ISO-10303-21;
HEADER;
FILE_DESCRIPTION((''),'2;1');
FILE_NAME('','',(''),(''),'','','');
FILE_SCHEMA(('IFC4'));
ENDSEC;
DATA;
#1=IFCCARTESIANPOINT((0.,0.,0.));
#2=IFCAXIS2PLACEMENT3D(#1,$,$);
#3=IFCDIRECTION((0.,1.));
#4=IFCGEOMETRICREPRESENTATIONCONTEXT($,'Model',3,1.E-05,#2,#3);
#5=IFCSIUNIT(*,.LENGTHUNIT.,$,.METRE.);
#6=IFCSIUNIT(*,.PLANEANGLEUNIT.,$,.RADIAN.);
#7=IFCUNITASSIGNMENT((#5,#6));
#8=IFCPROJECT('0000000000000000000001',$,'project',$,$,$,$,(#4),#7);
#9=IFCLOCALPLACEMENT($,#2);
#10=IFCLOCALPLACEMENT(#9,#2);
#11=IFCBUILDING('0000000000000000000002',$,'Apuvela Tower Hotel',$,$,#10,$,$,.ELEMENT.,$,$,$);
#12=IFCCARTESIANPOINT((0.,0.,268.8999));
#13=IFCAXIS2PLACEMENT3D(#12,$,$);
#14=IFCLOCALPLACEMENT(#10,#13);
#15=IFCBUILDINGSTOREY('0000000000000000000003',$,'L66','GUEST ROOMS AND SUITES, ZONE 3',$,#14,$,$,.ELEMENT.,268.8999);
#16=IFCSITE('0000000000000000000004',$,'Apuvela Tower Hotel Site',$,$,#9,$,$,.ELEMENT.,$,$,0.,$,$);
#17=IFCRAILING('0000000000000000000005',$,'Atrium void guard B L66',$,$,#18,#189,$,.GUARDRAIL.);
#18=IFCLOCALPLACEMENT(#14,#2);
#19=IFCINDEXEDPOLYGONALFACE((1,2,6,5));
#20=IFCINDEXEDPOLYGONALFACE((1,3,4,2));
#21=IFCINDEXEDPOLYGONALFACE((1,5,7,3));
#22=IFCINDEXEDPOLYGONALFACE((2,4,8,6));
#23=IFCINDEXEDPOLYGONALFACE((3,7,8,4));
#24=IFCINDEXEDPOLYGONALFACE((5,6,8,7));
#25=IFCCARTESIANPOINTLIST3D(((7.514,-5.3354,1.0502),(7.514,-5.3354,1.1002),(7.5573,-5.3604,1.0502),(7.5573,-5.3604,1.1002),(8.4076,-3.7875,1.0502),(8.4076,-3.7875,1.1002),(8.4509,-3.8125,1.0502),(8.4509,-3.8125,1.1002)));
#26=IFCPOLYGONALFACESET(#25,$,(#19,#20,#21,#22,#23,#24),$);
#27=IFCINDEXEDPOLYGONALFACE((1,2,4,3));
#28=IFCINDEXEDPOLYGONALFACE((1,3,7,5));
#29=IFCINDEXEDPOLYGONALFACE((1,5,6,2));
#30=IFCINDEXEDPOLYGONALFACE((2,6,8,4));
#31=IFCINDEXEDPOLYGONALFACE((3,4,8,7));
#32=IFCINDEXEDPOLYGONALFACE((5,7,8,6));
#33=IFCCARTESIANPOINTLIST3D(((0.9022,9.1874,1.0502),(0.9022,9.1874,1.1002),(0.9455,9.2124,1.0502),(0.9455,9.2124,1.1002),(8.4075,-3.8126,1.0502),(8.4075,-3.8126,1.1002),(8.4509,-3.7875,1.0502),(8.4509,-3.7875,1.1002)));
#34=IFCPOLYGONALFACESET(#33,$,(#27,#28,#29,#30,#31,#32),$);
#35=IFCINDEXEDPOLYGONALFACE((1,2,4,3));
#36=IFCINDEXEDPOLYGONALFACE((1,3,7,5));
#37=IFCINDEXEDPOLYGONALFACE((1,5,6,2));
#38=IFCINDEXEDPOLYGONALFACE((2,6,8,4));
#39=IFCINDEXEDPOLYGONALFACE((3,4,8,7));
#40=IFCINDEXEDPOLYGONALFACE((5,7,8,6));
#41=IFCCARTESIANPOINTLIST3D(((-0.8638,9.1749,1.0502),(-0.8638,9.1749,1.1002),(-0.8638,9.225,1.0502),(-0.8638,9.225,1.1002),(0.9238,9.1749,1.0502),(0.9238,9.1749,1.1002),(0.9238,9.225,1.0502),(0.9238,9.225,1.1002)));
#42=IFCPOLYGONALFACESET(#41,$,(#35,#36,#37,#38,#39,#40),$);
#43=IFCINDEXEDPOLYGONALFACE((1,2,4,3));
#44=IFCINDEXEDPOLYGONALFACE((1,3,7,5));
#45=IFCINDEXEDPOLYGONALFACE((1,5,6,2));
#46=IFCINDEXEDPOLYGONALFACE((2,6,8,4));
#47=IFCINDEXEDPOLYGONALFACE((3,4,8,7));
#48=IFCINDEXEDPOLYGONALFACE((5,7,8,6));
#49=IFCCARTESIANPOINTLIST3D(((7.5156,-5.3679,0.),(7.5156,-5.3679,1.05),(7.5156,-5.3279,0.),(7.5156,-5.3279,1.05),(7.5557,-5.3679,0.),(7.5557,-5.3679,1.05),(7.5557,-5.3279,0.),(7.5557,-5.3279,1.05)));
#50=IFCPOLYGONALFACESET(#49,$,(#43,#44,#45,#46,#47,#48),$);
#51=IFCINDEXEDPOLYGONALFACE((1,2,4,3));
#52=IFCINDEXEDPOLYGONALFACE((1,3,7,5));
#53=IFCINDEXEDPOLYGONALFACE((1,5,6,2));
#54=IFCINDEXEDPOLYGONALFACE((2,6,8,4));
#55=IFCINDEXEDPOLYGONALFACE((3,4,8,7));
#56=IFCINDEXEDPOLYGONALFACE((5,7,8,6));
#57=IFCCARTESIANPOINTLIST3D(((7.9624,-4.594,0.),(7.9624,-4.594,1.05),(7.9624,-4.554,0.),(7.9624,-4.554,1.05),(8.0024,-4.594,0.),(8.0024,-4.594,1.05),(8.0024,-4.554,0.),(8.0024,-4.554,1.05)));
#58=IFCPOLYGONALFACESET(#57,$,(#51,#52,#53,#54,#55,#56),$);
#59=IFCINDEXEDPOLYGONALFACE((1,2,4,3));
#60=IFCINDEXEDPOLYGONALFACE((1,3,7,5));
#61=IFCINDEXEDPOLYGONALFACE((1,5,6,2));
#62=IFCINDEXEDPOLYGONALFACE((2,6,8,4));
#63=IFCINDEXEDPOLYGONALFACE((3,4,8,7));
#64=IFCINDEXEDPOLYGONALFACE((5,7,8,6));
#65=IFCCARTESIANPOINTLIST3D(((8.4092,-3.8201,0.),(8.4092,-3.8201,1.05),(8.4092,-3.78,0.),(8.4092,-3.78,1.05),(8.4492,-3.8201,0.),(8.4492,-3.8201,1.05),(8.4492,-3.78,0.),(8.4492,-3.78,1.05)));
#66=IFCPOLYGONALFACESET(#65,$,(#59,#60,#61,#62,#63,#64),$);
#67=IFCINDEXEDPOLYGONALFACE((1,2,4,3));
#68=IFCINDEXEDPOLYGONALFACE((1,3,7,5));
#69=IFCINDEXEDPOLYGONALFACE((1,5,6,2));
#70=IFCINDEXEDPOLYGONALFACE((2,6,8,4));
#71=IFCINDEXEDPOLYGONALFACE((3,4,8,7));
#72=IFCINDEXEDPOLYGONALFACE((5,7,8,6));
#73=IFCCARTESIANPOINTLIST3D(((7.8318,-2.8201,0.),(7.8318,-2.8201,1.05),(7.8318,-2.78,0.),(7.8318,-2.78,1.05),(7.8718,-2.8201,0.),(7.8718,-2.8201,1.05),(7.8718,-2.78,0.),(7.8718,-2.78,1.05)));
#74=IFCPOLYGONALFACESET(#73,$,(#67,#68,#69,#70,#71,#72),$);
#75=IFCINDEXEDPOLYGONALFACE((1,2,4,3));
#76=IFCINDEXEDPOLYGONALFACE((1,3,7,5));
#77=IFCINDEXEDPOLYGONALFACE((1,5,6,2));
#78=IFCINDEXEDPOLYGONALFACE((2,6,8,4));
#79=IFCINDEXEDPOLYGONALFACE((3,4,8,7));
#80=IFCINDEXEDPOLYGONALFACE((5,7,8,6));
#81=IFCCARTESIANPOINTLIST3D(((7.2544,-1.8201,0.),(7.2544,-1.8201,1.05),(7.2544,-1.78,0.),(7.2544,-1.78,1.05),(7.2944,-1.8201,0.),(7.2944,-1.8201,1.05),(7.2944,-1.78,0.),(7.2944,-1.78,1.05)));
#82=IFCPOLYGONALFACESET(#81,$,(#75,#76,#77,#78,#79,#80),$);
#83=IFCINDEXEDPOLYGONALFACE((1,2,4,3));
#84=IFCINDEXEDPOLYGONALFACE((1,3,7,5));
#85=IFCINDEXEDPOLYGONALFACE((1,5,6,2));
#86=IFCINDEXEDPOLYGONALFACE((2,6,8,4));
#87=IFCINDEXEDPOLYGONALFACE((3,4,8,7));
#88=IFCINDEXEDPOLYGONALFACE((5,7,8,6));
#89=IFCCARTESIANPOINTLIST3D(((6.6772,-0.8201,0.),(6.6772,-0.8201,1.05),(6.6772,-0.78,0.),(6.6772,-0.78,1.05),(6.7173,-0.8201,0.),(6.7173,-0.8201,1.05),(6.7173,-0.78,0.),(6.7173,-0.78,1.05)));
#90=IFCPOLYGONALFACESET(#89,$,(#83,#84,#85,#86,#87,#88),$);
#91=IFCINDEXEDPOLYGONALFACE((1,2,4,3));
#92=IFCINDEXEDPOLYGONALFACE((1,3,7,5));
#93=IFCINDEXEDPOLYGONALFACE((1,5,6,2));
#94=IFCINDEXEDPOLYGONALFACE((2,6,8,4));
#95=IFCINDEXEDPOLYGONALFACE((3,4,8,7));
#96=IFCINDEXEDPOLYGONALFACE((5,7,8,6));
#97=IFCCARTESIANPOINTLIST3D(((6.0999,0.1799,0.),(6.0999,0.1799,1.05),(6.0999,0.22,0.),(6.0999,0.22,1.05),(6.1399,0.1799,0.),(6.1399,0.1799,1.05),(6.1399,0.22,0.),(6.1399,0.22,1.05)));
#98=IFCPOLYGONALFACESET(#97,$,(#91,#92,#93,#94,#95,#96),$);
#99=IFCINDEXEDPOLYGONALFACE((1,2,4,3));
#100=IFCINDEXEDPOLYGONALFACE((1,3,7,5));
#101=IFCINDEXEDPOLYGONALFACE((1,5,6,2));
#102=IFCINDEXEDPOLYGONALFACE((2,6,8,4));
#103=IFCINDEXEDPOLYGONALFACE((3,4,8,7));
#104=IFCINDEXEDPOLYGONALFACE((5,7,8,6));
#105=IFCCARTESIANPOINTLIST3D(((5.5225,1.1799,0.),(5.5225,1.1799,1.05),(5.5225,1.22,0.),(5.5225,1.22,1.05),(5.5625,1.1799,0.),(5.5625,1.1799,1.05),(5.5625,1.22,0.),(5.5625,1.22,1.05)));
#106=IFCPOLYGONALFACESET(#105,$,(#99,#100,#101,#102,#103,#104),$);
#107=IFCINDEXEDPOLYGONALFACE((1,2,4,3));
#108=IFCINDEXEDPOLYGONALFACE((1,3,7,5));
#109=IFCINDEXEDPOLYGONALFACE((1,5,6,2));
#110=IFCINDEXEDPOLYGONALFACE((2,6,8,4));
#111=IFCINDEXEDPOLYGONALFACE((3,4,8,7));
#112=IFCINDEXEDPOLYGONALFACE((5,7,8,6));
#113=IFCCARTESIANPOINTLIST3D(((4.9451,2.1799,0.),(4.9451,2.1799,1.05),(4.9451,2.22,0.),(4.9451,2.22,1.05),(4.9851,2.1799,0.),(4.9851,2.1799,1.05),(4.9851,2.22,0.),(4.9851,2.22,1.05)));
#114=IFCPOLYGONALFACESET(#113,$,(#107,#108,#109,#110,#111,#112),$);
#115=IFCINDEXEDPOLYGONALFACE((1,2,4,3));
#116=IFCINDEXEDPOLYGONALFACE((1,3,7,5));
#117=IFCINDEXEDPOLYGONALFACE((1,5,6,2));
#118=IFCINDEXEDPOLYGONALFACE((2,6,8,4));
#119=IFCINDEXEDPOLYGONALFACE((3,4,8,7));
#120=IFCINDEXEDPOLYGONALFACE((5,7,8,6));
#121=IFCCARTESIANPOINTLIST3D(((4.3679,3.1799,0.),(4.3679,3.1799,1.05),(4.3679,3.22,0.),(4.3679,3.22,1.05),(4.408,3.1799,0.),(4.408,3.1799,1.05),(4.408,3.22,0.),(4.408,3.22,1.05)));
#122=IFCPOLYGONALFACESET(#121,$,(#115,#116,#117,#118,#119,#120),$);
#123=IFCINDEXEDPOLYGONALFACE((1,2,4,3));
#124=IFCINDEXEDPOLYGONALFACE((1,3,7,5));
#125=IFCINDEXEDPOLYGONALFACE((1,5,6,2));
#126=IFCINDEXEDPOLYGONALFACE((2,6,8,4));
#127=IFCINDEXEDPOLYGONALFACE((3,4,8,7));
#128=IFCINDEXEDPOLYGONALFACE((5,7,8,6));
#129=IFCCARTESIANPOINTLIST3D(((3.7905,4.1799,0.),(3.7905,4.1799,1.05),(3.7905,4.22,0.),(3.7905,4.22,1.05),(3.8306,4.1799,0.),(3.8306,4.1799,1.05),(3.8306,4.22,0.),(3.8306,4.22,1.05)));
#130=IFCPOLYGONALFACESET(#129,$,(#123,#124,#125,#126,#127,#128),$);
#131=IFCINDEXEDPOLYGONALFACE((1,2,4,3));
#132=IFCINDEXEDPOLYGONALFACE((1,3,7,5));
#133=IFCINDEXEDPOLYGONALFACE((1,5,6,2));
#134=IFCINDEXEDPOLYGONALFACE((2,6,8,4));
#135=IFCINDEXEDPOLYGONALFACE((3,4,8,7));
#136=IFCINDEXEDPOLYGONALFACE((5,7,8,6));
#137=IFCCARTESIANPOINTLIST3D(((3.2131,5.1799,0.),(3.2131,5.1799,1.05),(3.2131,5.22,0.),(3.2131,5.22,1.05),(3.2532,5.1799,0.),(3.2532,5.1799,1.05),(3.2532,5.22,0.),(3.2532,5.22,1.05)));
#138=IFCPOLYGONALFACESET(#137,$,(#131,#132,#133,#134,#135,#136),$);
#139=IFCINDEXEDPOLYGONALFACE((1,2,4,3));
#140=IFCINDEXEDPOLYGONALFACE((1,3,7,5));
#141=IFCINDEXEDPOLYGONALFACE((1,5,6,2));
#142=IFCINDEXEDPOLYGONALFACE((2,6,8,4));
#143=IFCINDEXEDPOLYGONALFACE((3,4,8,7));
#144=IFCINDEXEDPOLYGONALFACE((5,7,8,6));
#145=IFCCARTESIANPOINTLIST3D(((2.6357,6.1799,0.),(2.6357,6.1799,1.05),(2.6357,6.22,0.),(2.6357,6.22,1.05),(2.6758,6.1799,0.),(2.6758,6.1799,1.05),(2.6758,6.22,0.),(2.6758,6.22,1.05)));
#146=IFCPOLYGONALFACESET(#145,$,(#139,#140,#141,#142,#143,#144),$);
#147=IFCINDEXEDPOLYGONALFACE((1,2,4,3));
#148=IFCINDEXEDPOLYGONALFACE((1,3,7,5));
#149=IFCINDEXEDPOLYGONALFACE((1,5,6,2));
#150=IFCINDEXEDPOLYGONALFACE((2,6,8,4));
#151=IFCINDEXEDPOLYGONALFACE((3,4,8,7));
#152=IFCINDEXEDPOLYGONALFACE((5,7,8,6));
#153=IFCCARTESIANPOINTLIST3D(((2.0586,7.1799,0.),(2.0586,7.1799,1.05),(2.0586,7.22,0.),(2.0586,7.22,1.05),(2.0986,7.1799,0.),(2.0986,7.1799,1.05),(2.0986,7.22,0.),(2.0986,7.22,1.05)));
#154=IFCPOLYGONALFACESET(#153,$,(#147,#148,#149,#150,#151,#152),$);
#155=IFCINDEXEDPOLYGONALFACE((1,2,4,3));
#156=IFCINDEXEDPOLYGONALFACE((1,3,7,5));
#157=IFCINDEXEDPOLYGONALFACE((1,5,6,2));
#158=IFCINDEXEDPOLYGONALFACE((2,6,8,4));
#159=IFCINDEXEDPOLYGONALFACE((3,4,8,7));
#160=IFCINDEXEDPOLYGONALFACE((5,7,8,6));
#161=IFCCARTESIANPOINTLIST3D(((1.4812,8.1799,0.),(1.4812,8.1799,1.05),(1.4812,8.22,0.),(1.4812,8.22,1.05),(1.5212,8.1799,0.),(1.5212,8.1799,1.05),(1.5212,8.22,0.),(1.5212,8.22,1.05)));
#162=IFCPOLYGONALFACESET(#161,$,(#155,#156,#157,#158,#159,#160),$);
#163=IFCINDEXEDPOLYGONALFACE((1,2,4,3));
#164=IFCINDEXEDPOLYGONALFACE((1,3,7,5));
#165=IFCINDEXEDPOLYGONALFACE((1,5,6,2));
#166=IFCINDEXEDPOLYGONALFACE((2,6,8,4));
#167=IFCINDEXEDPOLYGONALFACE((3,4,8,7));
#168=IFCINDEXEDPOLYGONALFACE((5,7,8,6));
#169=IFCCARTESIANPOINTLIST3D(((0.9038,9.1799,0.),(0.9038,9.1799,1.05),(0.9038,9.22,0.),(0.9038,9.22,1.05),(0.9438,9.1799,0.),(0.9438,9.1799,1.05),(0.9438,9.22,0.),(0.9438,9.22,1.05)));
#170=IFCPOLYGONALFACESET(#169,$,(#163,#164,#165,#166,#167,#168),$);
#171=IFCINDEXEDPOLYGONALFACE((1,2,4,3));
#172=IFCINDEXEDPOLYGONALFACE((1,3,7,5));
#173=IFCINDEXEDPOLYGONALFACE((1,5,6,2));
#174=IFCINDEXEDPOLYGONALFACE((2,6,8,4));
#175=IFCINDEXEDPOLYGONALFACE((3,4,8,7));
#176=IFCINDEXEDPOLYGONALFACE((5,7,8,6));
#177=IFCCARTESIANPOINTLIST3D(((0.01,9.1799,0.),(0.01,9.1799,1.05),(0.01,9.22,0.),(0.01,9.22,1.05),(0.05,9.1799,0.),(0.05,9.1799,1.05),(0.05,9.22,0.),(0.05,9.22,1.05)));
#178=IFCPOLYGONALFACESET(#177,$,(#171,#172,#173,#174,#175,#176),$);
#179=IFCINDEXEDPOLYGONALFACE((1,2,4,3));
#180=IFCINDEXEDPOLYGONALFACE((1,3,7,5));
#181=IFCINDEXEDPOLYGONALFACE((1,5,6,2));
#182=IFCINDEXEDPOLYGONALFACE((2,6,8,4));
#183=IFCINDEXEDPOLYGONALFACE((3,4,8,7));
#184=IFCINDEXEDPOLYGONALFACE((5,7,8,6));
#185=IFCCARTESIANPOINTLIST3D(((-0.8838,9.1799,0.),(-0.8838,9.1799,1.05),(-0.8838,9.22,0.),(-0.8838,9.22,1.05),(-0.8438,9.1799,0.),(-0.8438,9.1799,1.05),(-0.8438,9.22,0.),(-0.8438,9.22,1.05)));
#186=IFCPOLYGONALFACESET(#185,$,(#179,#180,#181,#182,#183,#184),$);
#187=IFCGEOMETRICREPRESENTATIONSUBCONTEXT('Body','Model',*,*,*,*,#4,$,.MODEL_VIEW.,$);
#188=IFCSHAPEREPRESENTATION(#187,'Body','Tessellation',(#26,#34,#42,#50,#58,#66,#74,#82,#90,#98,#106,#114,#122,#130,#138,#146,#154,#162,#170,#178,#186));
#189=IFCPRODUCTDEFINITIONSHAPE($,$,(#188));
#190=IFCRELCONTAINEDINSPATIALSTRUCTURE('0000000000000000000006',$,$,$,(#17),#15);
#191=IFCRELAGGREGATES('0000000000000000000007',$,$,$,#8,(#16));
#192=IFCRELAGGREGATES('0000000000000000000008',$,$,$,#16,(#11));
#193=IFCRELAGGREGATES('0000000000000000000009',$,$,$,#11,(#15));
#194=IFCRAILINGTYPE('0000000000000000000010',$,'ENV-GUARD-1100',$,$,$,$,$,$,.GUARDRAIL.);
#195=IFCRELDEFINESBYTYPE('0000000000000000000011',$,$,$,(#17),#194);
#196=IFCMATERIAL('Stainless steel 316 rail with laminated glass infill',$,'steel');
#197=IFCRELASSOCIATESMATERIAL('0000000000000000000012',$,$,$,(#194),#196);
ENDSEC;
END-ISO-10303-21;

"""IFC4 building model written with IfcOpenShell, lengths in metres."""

from ifc_helpers import new_model, si_unit, direction, frame, origin, origin_2d, place, context, subcontext, project, spatial, rectangle, extrude, material, type_object, element, save


model = new_model("IFC4")

# Units and contexts
model_context = context("Model", 3, precision=1e-05, world=origin(), true_north=direction((0.0, 1.0)))
body_context = subcontext(model_context, "Body", "Model", "MODEL_VIEW")
ifc_project = project(units=[si_unit("LENGTHUNIT", "METRE"), si_unit("PLANEANGLEUNIT", "RADIAN")], contexts=[model_context])

# Site, building, storey
site_placement = place(None, origin())
site = spatial("IfcSite", under=ifc_project, at=site_placement, Name="Apuvela Tower Hotel Site", CompositionType="ELEMENT", RefElevation=0.0)
building_placement = place(site_placement, origin())
building = spatial("IfcBuilding", under=site, at=building_placement, Name="Apuvela Tower Hotel", CompositionType="ELEMENT")
storey_placement = place(building_placement, frame((0.0, 0.0, 268.8999)))
storey = spatial("IfcBuildingStorey", under=building, at=storey_placement, Name="L66", Description="GUEST ROOMS AND SUITES, ZONE 3", CompositionType="ELEMENT", Elevation=268.8999)

# Railing
ifc_material_1 = material(Name="Stainless steel 316 rail with laminated glass infill", Category="steel")
railing_type_1 = type_object("IfcRailingType", Name="ENV-GUARD-1100", PredefinedType="GUARDRAIL", material=ifc_material_1)
railing_1_placement = place(storey_placement, frame((7.5356, -5.3479, 0.0)))
element("IfcRailing", 1, at=railing_1_placement, inside=storey, type_object=railing_type_1, Name="Atrium void guard B L66", PredefinedType="GUARDRAIL", context=body_context, shape_type="SweptSolid", body=[
    extrude(rectangle(XDim=0.05, YDim=0.05, at=origin_2d()), frame((0.0, 0.0, 1.0752), z_axis=(0.499959, 0.866049, 0.0), x_axis=(-0.866049, 0.499959, 0.0)), (0.0, 0.0, 1.0), 1.7874),
    extrude(rectangle(XDim=0.05, YDim=0.05, at=origin_2d()), frame((0.8936, 1.5479, 1.0752), z_axis=(-0.499991, 0.866031, 0.0), x_axis=(-0.866031, -0.499991, 0.0)), (0.0, 0.0, 1.0), 15.011),
    extrude(rectangle(XDim=0.05, YDim=0.05, at=origin_2d()), frame((-6.6118, 14.5479, 1.0752), z_axis=(-1.0, 0.0, 0.0), x_axis=(0.0, -1.0, 0.0)), (0.0, 0.0, 1.0), 1.7876),
    extrude(rectangle(XDim=0.04, YDim=0.04, at=origin_2d()), origin(), (0.0, 0.0, 1.0), 1.05),
    extrude(rectangle(XDim=0.04, YDim=0.04, at=origin_2d()), frame((0.4468, 0.7739, 0.0)), (0.0, 0.0, 1.0), 1.05),
    extrude(rectangle(XDim=0.04, YDim=0.04, at=origin_2d()), frame((0.8936, 1.5479, 0.0)), (0.0, 0.0, 1.0), 1.05),
    extrude(rectangle(XDim=0.04, YDim=0.04, at=origin_2d()), frame((0.3162, 2.5479, 0.0)), (0.0, 0.0, 1.0), 1.05),
    extrude(rectangle(XDim=0.04, YDim=0.04, at=origin_2d()), frame((-0.2612, 3.5479, 0.0)), (0.0, 0.0, 1.0), 1.05),
    extrude(rectangle(XDim=0.04, YDim=0.04, at=origin_2d()), frame((-0.8384, 4.5479, 0.0)), (0.0, 0.0, 1.0), 1.05),
    extrude(rectangle(XDim=0.04, YDim=0.04, at=origin_2d()), frame((-1.4158, 5.5479, 0.0)), (0.0, 0.0, 1.0), 1.05),
    extrude(rectangle(XDim=0.04, YDim=0.04, at=origin_2d()), frame((-1.9932, 6.5479, 0.0)), (0.0, 0.0, 1.0), 1.05),
    extrude(rectangle(XDim=0.04, YDim=0.04, at=origin_2d()), frame((-2.5706, 7.5479, 0.0)), (0.0, 0.0, 1.0), 1.05),
    extrude(rectangle(XDim=0.04, YDim=0.04, at=origin_2d()), frame((-3.1477, 8.5479, 0.0)), (0.0, 0.0, 1.0), 1.05),
    extrude(rectangle(XDim=0.04, YDim=0.04, at=origin_2d()), frame((-3.7251, 9.5479, 0.0)), (0.0, 0.0, 1.0), 1.05),
    extrude(rectangle(XDim=0.04, YDim=0.04, at=origin_2d()), frame((-4.3025, 10.5479, 0.0)), (0.0, 0.0, 1.0), 1.05),
    extrude(rectangle(XDim=0.04, YDim=0.04, at=origin_2d()), frame((-4.8799, 11.5479, 0.0)), (0.0, 0.0, 1.0), 1.05),
    extrude(rectangle(XDim=0.04, YDim=0.04, at=origin_2d()), frame((-5.457, 12.5479, 0.0)), (0.0, 0.0, 1.0), 1.05),
    extrude(rectangle(XDim=0.04, YDim=0.04, at=origin_2d()), frame((-6.0344, 13.5479, 0.0)), (0.0, 0.0, 1.0), 1.05),
    extrude(rectangle(XDim=0.04, YDim=0.04, at=origin_2d()), frame((-6.6118, 14.5479, 0.0)), (0.0, 0.0, 1.0), 1.05),
    extrude(rectangle(XDim=0.04, YDim=0.04, at=origin_2d()), frame((-7.5056, 14.5479, 0.0)), (0.0, 0.0, 1.0), 1.05),
    extrude(rectangle(XDim=0.04, YDim=0.04, at=origin_2d()), frame((-8.3994, 14.5479, 0.0)), (0.0, 0.0, 1.0), 1.05),
])

save(model, "model.ifc")
